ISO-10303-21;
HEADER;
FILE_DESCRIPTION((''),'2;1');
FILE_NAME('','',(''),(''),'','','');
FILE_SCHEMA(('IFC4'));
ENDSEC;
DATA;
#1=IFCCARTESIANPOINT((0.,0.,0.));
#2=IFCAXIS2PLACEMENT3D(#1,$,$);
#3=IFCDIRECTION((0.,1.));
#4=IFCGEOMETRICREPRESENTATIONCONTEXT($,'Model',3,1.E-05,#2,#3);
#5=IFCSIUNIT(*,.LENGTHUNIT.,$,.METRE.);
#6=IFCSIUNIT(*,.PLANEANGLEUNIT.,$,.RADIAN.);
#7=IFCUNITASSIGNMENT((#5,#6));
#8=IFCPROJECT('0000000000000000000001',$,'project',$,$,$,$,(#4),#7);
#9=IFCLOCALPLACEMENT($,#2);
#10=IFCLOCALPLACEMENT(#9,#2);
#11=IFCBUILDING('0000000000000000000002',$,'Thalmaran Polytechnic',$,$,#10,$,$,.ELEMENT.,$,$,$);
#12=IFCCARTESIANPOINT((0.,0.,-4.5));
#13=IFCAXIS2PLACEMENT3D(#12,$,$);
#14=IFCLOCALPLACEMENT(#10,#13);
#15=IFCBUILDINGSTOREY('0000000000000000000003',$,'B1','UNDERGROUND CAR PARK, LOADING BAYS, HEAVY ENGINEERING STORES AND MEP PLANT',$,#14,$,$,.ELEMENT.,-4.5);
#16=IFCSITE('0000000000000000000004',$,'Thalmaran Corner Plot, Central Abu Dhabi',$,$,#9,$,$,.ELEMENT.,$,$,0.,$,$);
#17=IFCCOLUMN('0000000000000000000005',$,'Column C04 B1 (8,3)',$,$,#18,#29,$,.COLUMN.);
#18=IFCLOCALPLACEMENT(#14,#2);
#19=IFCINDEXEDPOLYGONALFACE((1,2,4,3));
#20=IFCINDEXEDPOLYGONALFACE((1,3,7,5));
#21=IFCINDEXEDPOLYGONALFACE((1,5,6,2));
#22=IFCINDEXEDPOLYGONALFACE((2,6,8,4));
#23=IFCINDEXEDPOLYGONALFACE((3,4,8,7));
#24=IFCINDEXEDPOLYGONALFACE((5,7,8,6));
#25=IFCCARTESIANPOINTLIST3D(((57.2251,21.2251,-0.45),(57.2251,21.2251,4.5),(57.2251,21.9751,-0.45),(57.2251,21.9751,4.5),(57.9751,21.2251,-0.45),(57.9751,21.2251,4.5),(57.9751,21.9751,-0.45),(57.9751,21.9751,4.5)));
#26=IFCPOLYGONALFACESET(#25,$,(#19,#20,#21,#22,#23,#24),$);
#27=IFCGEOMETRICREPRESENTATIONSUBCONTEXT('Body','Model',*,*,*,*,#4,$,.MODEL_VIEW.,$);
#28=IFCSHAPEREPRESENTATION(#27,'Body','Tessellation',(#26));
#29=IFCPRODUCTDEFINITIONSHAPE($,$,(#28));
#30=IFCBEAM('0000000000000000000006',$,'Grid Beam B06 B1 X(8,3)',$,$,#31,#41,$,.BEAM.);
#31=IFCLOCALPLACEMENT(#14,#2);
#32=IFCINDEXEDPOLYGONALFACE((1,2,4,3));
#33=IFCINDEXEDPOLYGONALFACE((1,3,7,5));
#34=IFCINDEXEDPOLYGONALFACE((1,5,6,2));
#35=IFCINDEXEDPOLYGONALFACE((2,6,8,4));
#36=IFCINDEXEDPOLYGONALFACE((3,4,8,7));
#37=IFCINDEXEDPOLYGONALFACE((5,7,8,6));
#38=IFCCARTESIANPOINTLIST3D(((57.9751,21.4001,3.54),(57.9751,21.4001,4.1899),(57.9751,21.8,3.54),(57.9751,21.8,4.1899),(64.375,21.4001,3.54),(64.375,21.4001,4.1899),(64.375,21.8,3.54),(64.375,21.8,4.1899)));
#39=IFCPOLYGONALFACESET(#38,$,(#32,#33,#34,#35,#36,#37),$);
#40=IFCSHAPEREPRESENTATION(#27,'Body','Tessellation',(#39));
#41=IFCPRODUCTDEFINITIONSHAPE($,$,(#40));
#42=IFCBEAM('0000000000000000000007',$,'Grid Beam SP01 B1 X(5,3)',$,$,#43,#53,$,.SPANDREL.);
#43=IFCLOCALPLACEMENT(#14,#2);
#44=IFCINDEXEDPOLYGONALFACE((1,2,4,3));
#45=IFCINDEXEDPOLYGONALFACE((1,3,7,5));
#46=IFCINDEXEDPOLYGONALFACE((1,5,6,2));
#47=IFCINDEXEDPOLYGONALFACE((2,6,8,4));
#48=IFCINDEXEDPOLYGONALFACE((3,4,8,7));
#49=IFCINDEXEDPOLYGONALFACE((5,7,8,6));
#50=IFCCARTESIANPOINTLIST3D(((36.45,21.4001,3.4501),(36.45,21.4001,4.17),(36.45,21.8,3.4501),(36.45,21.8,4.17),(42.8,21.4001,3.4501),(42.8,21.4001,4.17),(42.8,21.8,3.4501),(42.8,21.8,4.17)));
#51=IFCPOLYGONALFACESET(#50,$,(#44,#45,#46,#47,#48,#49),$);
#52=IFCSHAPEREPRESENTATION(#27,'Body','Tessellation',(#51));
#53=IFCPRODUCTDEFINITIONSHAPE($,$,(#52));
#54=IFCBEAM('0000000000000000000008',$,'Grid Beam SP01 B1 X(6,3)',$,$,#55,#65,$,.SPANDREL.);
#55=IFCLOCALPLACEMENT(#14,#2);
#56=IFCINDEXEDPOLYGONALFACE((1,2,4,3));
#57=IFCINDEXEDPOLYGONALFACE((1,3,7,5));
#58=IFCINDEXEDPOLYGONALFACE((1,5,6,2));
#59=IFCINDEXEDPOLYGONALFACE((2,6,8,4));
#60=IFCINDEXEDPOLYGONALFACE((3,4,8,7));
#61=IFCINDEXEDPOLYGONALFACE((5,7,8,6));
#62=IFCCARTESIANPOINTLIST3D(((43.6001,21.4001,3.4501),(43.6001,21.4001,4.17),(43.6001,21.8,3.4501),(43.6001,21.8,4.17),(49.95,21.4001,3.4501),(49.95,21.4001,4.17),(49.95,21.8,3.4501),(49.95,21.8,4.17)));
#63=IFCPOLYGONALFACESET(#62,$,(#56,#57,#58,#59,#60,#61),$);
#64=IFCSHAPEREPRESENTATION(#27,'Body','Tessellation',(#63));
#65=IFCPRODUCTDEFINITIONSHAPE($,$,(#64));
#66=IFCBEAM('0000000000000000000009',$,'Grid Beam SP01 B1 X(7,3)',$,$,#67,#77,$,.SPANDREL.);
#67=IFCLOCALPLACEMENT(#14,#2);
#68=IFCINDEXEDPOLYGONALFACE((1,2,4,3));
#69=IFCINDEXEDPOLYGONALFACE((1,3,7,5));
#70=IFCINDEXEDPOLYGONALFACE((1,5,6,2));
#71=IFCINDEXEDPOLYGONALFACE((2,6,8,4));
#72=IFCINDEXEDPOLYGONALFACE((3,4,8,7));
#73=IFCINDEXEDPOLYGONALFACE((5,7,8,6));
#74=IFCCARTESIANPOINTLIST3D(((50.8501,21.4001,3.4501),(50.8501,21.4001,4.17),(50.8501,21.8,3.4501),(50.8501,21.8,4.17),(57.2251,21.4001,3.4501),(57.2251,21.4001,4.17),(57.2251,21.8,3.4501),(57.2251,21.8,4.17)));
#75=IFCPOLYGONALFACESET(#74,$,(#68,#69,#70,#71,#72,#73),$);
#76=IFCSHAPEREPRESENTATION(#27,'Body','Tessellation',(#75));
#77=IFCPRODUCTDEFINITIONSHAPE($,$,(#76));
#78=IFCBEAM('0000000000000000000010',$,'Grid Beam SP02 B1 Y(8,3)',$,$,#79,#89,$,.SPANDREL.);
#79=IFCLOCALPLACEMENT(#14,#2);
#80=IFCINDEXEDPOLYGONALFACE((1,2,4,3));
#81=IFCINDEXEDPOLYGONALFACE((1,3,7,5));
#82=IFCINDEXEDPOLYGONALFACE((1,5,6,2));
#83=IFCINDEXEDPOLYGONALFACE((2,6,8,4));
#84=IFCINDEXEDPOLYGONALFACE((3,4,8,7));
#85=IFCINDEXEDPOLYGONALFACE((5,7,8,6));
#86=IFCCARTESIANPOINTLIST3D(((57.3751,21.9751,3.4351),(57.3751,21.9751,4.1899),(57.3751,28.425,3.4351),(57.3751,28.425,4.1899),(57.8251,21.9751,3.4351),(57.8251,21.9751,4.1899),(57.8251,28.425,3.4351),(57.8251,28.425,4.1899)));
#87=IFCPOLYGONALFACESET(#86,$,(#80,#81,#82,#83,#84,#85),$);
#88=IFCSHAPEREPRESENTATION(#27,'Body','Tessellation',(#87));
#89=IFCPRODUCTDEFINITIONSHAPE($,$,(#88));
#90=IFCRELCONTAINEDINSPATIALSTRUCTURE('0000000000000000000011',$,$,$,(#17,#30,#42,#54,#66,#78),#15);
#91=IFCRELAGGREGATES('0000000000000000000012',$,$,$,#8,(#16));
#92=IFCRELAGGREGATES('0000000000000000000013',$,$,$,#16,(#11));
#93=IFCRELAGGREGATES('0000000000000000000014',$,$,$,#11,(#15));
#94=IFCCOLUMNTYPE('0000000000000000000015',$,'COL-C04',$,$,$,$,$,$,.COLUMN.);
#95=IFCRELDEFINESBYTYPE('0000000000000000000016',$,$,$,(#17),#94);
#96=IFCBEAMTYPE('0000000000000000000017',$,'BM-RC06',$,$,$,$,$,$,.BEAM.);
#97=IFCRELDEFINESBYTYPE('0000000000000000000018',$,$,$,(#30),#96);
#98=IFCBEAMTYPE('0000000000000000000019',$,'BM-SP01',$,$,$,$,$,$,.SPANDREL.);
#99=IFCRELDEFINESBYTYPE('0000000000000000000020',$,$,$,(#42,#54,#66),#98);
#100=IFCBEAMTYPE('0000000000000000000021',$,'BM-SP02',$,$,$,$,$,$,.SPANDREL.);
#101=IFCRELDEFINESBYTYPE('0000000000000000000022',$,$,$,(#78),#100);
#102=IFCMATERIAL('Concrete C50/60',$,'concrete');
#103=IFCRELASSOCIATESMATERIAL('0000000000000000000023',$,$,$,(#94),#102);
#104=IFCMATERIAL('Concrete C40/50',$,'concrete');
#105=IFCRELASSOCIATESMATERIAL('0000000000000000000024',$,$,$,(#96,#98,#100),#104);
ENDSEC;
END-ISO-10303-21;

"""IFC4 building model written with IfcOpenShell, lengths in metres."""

from ifc_helpers import new_model, si_unit, direction, frame, origin, origin_2d, place, context, subcontext, project, spatial, rectangle, extrude, material, material_profile, profile_set, type_object, element, save


model = new_model("IFC4")

# Units and contexts
model_context = context("Model", 3, precision=1e-05, world=origin(), true_north=direction((0.0, 1.0)))
body_context = subcontext(model_context, "Body", "Model", "MODEL_VIEW")
ifc_project = project(units=[si_unit("LENGTHUNIT", "METRE"), si_unit("PLANEANGLEUNIT", "RADIAN")], contexts=[model_context])

# Site, building, storey
site_placement = place(None, origin())
site = spatial("IfcSite", under=ifc_project, at=site_placement, Name="Thalmaran Corner Plot, Central Abu Dhabi", CompositionType="ELEMENT", RefElevation=0.0)
building_placement = place(site_placement, origin())
building = spatial("IfcBuilding", under=site, at=building_placement, Name="Thalmaran Polytechnic", CompositionType="ELEMENT")
storey_placement = place(building_placement, frame((0.0, 0.0, -4.5)))
storey = spatial("IfcBuildingStorey", under=building, at=storey_placement, Name="B1", Description="UNDERGROUND CAR PARK, LOADING BAYS, HEAVY ENGINEERING STORES AND MEP PLANT", CompositionType="ELEMENT", Elevation=-4.5)

# Shared definitions
ifc_material_1 = material(Name="Concrete C40/50", Category="concrete")

# Column
ifc_material_2 = material(Name="Concrete C50/60", Category="concrete")
ifc_material_profile_1 = material_profile(ifc_material_2, rectangle(XDim=0.75, YDim=0.75, at=origin_2d()), Name="RC 750x750")
ifc_profile_set_1 = profile_set([ifc_material_profile_1], Name="Concrete C50/60")
column_type_1 = type_object("IfcColumnType", Name="COL-C04", PredefinedType="COLUMN", material=ifc_profile_set_1)
column_1_placement = place(storey_placement, frame((57.6001, 21.6001, -0.45), z_axis=(0.0, 0.0, 1.0), x_axis=(1.0, 0.0, 0.0)))
element("IfcColumn", 1, at=column_1_placement, inside=storey, type_object=column_type_1, Name="Column C04 B1 (8,3)", PredefinedType="COLUMN", context=body_context, shape_type="SweptSolid", body=[
    extrude(rectangle(XDim=0.75, YDim=0.75, at=origin_2d()), origin(), (0.0, 0.0, 1.0), 4.95),
])

# Beams
ifc_material_profile_2 = material_profile(ifc_material_1, rectangle(XDim=0.3999, YDim=0.6499, at=origin_2d()), Name="RC 400x650")
ifc_profile_set_2 = profile_set([ifc_material_profile_2], Name="Concrete C40/50")
beam_type_1 = type_object("IfcBeamType", Name="BM-RC06", PredefinedType="BEAM", material=ifc_profile_set_2)
beam_1_placement = place(storey_placement, frame((57.9751, 21.6001, 3.865), z_axis=(1.0, 0.0, 0.0), x_axis=(0.0, 1.0, 0.0)))
element("IfcBeam", 2, at=beam_1_placement, inside=storey, type_object=beam_type_1, Name="Grid Beam B06 B1 X(8,3)", PredefinedType="BEAM", context=body_context, shape_type="SweptSolid", body=[
    extrude(rectangle(XDim=0.3999, YDim=0.6499, at=origin_2d()), origin(), (0.0, 0.0, 1.0), 6.3999),
])
ifc_material_profile_3 = material_profile(ifc_material_1, rectangle(XDim=0.3999, YDim=0.72, at=origin_2d()), Name="RC 400x720")
ifc_profile_set_3 = profile_set([ifc_material_profile_3], Name="Concrete C40/50")
beam_type_2 = type_object("IfcBeamType", Name="BM-SP01", PredefinedType="SPANDREL", material=ifc_profile_set_3)
beam_2_placement = place(storey_placement, frame((36.45, 21.6001, 3.8101), z_axis=(1.0, 0.0, 0.0), x_axis=(0.0, 1.0, 0.0)))
element("IfcBeam", 3, at=beam_2_placement, inside=storey, type_object=beam_type_2, Name="Grid Beam SP01 B1 X(5,3)", PredefinedType="SPANDREL", context=body_context, shape_type="SweptSolid", body=[
    extrude(rectangle(XDim=0.3999, YDim=0.72, at=origin_2d()), origin(), (0.0, 0.0, 1.0), 6.3501),
])
beam_3_placement = place(storey_placement, frame((43.6001, 21.6001, 3.8101), z_axis=(1.0, 0.0, 0.0), x_axis=(0.0, 1.0, 0.0)))
element("IfcBeam", 4, at=beam_3_placement, inside=storey, type_object=beam_type_2, Name="Grid Beam SP01 B1 X(6,3)", PredefinedType="SPANDREL", context=body_context, shape_type="SweptSolid", body=[
    extrude(rectangle(XDim=0.3999, YDim=0.72, at=origin_2d()), origin(), (0.0, 0.0, 1.0), 6.3499),
])
beam_4_placement = place(storey_placement, frame((50.8501, 21.6001, 3.8101), z_axis=(1.0, 0.0, 0.0), x_axis=(0.0, 1.0, 0.0)))
element("IfcBeam", 5, at=beam_4_placement, inside=storey, type_object=beam_type_2, Name="Grid Beam SP01 B1 X(7,3)", PredefinedType="SPANDREL", context=body_context, shape_type="SweptSolid", body=[
    extrude(rectangle(XDim=0.3999, YDim=0.72, at=origin_2d()), origin(), (0.0, 0.0, 1.0), 6.375),
])
ifc_material_profile_4 = material_profile(ifc_material_1, rectangle(XDim=0.45, YDim=0.7549, at=origin_2d()), Name="RC 450x755")
ifc_profile_set_4 = profile_set([ifc_material_profile_4], Name="Concrete C40/50")
beam_type_3 = type_object("IfcBeamType", Name="BM-SP02", PredefinedType="SPANDREL", material=ifc_profile_set_4)
beam_5_placement = place(storey_placement, frame((57.6001, 21.9751, 3.8125), z_axis=(0.0, 1.0, 0.0), x_axis=(-1.0, 0.0, 0.0)))
element("IfcBeam", 6, at=beam_5_placement, inside=storey, type_object=beam_type_3, Name="Grid Beam SP02 B1 Y(8,3)", PredefinedType="SPANDREL", context=body_context, shape_type="SweptSolid", body=[
    extrude(rectangle(XDim=0.45, YDim=0.7549, at=origin_2d()), origin(), (0.0, 0.0, 1.0), 6.45),
])

save(model, "model.ifc")
